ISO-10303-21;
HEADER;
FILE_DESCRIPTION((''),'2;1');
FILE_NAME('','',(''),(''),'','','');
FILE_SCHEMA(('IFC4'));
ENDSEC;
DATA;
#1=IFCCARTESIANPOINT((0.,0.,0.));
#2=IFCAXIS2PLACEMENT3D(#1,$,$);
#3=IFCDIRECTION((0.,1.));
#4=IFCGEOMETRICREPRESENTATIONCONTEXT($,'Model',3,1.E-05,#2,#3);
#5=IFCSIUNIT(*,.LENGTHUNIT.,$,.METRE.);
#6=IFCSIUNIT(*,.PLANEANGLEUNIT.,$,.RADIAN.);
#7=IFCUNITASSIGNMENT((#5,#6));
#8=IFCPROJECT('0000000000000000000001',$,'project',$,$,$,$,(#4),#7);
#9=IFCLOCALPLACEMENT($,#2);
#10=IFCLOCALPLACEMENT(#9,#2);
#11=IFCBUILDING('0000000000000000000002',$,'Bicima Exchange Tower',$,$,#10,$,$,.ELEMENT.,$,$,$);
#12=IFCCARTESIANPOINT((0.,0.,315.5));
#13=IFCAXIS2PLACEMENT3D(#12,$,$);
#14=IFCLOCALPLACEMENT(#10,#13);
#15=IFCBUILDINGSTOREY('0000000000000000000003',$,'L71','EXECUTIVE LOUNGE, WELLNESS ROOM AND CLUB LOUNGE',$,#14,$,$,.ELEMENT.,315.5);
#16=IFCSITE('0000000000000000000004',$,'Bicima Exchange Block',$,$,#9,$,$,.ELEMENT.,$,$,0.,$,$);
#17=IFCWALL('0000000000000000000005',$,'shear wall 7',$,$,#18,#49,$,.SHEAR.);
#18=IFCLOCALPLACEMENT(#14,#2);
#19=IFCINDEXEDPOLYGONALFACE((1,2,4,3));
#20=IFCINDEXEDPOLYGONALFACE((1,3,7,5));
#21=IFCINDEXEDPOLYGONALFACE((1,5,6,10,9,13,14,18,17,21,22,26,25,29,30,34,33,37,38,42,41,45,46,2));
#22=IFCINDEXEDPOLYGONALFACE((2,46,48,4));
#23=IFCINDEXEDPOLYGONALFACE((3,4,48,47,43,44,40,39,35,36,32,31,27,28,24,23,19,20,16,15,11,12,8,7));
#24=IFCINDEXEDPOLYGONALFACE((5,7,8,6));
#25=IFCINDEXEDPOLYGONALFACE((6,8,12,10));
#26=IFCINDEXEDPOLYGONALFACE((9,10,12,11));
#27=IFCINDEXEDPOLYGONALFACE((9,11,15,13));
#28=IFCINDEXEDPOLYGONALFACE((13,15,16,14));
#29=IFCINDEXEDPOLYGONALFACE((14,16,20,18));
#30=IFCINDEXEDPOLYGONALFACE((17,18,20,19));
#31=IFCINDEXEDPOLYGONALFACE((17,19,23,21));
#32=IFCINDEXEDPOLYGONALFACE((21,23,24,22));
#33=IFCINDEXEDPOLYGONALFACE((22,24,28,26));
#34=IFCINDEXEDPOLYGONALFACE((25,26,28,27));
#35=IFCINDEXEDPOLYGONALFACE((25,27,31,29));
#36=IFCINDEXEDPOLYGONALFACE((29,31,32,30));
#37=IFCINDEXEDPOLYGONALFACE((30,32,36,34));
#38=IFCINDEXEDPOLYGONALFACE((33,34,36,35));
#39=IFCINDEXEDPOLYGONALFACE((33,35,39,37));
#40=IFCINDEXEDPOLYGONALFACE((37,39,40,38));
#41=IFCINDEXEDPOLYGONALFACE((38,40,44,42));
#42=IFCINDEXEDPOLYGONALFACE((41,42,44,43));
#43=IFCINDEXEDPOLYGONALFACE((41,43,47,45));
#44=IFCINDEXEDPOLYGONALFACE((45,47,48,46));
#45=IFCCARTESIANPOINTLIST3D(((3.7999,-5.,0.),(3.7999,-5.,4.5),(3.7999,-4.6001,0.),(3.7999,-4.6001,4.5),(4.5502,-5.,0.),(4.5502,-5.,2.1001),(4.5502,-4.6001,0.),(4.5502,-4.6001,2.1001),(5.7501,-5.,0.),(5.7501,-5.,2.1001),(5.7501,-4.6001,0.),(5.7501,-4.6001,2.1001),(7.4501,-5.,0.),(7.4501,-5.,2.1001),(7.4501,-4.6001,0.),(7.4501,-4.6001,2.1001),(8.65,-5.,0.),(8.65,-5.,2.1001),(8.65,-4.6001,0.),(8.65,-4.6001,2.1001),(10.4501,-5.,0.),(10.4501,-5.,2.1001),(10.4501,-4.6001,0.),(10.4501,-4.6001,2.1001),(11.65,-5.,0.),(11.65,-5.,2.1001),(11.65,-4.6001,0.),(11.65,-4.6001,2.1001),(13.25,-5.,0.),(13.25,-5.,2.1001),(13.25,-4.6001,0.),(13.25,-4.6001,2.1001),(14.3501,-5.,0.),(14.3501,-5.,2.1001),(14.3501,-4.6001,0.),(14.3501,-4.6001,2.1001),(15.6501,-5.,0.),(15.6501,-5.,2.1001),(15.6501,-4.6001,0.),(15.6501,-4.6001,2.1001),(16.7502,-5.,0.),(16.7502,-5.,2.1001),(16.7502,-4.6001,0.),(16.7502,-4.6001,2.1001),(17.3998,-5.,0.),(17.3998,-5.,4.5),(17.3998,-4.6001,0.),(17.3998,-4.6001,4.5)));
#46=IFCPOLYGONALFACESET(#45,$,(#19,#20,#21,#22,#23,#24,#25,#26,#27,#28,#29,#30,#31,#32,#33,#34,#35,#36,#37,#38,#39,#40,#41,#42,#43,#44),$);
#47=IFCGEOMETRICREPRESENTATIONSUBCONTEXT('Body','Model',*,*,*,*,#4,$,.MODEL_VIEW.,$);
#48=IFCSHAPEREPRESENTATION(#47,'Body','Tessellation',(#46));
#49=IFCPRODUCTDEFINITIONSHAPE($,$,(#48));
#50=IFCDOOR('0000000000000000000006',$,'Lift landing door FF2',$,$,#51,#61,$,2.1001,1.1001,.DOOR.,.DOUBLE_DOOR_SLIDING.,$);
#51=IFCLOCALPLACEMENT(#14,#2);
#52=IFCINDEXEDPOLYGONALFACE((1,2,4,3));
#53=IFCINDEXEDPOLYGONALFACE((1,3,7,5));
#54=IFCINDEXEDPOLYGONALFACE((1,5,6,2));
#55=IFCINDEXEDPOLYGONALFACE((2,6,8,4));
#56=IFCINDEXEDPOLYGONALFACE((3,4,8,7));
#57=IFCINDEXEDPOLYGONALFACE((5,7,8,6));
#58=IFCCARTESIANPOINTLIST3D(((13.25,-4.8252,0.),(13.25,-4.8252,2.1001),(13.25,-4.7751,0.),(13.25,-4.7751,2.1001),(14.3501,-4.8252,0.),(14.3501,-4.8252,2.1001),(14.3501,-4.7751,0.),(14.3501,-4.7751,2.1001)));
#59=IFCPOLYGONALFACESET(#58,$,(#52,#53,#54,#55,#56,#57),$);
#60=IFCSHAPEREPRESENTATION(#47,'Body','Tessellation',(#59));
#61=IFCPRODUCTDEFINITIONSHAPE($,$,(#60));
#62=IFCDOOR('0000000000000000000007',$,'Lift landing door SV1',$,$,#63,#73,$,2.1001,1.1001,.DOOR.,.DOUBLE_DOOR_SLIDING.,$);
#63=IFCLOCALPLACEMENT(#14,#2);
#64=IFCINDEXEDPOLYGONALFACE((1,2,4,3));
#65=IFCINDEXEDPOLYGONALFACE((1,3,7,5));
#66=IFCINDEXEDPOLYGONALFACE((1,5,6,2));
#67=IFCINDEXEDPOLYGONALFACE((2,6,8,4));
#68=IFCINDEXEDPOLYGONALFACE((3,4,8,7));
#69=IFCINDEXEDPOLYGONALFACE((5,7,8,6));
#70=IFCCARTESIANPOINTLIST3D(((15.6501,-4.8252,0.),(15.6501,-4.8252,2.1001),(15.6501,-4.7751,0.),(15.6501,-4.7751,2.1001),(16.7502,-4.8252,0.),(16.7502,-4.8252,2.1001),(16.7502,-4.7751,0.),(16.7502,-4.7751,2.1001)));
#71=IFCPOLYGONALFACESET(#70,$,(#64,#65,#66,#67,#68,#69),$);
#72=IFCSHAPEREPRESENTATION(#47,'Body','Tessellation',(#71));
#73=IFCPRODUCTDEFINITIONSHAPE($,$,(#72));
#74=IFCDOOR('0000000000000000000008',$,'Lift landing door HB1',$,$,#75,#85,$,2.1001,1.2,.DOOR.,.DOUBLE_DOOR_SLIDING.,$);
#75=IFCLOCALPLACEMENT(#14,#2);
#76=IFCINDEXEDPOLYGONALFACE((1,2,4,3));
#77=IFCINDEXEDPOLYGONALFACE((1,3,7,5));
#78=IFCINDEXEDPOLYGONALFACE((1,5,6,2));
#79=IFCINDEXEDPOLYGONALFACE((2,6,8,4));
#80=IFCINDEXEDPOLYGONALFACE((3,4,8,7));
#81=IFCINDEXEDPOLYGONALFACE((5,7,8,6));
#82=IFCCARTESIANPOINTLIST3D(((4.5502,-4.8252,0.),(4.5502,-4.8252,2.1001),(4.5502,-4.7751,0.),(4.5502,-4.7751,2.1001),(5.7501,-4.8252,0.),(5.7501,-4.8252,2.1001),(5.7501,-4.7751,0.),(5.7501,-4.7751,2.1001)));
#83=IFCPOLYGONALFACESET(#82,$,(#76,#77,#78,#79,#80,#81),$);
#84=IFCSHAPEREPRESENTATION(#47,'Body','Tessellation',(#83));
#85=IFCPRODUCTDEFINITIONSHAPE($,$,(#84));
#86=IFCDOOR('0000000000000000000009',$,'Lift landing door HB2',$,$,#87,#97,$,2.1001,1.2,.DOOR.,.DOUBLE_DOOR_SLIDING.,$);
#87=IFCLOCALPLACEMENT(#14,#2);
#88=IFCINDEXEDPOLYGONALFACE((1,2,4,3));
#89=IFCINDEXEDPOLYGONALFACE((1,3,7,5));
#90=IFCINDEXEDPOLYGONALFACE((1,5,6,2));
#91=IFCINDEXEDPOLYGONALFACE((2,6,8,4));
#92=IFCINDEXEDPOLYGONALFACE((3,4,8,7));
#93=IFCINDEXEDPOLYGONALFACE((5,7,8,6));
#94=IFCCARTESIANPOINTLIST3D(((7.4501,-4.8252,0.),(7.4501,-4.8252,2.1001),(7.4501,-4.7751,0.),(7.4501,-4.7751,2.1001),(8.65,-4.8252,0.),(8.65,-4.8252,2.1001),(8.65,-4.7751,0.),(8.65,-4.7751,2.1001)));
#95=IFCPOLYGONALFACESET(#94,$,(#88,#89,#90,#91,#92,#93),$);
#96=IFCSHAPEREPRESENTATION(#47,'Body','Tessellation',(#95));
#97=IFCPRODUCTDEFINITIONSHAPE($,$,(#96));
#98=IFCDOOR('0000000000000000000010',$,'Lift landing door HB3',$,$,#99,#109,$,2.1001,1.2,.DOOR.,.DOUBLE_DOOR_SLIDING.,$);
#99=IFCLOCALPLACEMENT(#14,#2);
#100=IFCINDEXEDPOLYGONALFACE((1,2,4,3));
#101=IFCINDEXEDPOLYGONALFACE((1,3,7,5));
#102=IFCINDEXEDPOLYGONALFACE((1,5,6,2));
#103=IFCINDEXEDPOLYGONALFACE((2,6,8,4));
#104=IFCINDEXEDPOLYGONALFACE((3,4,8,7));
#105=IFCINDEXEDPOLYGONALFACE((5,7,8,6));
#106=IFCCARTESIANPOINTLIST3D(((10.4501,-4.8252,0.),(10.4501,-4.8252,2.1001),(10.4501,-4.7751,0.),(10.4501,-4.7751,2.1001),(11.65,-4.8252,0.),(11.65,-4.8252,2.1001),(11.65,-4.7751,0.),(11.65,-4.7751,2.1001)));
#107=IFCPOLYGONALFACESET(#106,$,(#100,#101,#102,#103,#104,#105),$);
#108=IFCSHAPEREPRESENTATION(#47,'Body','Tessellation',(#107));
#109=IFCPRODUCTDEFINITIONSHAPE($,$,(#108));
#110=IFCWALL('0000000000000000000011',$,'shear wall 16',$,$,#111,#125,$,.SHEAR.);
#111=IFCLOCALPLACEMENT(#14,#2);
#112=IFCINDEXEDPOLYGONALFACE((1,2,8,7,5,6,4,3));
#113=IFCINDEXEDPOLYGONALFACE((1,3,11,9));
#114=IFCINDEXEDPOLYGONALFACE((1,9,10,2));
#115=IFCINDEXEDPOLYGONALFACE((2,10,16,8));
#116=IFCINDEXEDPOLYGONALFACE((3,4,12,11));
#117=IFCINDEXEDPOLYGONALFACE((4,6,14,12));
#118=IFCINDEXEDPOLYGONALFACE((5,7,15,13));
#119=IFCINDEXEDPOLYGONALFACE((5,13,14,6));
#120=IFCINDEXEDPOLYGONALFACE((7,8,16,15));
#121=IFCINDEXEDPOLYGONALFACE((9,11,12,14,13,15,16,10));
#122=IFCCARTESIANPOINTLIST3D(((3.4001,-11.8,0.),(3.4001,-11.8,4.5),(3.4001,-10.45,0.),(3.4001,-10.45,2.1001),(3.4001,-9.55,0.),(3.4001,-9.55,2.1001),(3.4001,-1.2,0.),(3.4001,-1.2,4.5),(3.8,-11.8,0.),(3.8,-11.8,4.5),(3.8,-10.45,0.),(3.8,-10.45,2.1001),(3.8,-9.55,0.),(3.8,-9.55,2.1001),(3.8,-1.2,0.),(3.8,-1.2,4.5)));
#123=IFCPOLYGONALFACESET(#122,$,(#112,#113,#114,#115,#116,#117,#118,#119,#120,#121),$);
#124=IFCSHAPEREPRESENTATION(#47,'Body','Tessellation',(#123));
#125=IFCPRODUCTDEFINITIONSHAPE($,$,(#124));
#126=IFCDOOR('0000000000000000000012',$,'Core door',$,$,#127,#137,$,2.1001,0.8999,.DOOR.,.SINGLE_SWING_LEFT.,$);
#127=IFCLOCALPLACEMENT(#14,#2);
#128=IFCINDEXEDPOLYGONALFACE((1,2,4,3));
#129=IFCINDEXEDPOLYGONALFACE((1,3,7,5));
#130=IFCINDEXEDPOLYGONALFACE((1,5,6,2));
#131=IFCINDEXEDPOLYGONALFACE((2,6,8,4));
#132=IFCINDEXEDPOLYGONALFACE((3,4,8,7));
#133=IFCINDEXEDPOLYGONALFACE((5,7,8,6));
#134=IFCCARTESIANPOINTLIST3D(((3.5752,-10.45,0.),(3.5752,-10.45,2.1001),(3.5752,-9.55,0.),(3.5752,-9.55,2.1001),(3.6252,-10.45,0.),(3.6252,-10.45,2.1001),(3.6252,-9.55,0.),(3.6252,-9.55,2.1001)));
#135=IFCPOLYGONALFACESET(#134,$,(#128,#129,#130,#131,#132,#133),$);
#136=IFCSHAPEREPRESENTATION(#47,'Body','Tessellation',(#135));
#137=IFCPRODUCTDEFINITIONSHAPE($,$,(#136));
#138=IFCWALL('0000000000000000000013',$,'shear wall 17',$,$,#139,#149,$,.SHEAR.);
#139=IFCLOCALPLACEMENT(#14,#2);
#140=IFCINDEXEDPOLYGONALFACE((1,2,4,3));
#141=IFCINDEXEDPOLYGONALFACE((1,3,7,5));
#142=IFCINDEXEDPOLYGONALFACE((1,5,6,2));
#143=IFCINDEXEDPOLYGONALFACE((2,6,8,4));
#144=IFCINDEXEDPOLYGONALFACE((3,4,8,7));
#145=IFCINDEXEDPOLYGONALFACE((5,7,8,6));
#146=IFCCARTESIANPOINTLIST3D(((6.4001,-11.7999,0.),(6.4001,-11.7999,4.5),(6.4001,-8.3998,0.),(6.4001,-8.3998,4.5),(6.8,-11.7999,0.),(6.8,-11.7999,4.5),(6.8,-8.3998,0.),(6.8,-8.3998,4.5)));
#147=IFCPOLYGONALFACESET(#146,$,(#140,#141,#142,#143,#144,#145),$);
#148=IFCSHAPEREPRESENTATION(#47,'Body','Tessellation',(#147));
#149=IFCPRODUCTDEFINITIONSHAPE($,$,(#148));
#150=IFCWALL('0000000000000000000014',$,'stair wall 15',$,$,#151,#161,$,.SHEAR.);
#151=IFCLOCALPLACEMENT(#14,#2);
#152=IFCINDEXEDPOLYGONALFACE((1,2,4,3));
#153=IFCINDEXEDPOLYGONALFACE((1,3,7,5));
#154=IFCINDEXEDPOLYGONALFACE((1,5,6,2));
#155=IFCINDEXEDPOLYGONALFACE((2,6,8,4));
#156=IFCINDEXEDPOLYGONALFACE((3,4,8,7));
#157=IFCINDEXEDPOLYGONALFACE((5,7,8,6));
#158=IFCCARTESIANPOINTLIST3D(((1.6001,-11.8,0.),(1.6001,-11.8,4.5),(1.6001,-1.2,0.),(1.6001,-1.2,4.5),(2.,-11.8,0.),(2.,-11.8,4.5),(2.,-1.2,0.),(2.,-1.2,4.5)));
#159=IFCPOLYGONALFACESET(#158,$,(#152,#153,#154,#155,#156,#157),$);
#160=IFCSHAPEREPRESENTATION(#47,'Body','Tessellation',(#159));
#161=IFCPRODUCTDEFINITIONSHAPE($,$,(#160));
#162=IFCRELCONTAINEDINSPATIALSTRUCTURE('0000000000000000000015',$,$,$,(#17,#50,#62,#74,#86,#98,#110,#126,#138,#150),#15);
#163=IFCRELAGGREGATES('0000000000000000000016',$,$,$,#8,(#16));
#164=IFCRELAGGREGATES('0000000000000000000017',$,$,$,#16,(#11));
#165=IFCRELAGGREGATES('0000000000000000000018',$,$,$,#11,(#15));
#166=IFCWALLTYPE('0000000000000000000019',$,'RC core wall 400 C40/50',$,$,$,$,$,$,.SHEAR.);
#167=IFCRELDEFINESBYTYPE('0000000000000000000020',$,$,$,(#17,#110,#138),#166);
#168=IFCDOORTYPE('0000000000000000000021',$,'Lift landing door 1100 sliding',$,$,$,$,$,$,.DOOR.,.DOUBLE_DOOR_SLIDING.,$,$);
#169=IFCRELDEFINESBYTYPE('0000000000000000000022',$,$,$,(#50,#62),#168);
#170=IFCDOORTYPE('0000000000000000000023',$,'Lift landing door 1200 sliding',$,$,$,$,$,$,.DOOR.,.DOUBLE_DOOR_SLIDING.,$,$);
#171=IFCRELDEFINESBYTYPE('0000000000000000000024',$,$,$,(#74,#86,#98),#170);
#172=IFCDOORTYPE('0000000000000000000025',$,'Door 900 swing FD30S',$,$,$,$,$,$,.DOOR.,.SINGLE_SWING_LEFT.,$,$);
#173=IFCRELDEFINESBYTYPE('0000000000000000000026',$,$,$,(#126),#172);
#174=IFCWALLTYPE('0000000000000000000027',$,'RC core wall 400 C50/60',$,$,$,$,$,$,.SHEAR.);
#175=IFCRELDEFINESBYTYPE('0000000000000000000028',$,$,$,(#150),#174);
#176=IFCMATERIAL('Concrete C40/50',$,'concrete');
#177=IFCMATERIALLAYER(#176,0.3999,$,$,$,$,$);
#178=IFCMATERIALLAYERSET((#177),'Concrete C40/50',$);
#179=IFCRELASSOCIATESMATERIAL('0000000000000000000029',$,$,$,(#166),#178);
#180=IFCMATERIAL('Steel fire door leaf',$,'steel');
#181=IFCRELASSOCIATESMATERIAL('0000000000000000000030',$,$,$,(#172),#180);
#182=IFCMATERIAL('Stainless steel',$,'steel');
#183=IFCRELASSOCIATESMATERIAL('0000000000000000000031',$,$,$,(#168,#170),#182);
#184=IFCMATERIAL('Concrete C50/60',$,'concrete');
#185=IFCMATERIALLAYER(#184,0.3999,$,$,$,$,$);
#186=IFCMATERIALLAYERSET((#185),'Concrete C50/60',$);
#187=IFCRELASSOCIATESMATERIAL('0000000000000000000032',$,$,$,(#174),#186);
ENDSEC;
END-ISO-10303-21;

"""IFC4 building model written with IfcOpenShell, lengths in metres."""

from ifc_helpers import new_model, si_unit, direction, frame, frame_2d, origin, place, context, subcontext, project, spatial, rectangle, extrude, material, layer, layer_set, type_object, element, fill, save


model = new_model("IFC4")

# Units and contexts
model_context = context("Model", 3, precision=1e-05, world=origin(), true_north=direction((0.0, 1.0)))
body_context = subcontext(model_context, "Body", "Model", "MODEL_VIEW")
ifc_project = project(units=[si_unit("LENGTHUNIT", "METRE"), si_unit("PLANEANGLEUNIT", "RADIAN")], contexts=[model_context])

# Site, building, storey
site_placement = place(None, origin())
site = spatial("IfcSite", under=ifc_project, at=site_placement, Name="Bicima Exchange Block", CompositionType="ELEMENT", RefElevation=0.0)
building_placement = place(site_placement, origin())
building = spatial("IfcBuilding", under=site, at=building_placement, Name="Bicima Exchange Tower", CompositionType="ELEMENT")
storey_placement = place(building_placement, frame((0.0, 0.0, 315.5)))
storey = spatial("IfcBuildingStorey", under=building, at=storey_placement, Name="L71", Description="EXECUTIVE LOUNGE, WELLNESS ROOM AND CLUB LOUNGE", CompositionType="ELEMENT", Elevation=315.5)

# Shared definitions
ifc_material_1 = material(Name="Concrete C50/60", Category="concrete")

# Shared definitions
ifc_material_2 = material(Name="Concrete C40/50", Category="concrete")
ifc_layer_1 = layer(ifc_material_2, 0.3999)
ifc_layer_set_1 = layer_set([ifc_layer_1], Name="Concrete C40/50")
wall_type_1 = type_object("IfcWallType", Name="RC core wall 400 C40/50", PredefinedType="SHEAR", material=ifc_layer_set_1)
ifc_material_3 = material(Name="Steel fire door leaf", Category="steel")
door_type_1 = type_object("IfcDoorType", Name="Door 900 swing FD30S", OperationType="SINGLE_SWING_LEFT", PredefinedType="DOOR", material=ifc_material_3)

# Wall, openings, doors
wall_1_placement = place(storey_placement, frame((3.8, -4.8, 0.0), z_axis=(0.0, 0.0, 1.0), x_axis=(1.0, 0.0, 0.0)))
wall_1 = element("IfcWall", 1, at=wall_1_placement, inside=storey, type_object=wall_type_1, Name="shear wall 7", PredefinedType="SHEAR", context=body_context, shape_type="SweptSolid", body=[
    extrude(rectangle(XDim=13.5999, YDim=0.3999, at=frame_2d((6.7998, 0.0))), origin(), (0.0, 0.0, 1.0), 4.5),
])
opening_1_placement = place(wall_1_placement, frame((0.75, 0.0, 0.0)))
opening_1 = element("IfcOpeningElement", 2, at=opening_1_placement, cuts=wall_1, PredefinedType="OPENING", context=body_context, shape_type="SweptSolid", body=[
    extrude(rectangle(XDim=1.2, YDim=2.1001, at=frame_2d((0.6001, 1.05))), frame((0.0, 0.2119, 0.0), z_axis=(0.0, -1.0, 0.0), x_axis=(1.0, 0.0, 0.0)), (0.0, 0.0, 1.0), 0.4238),
])
opening_2_placement = place(wall_1_placement, frame((3.6499, 0.0, 0.0)))
opening_2 = element("IfcOpeningElement", 3, at=opening_2_placement, cuts=wall_1, PredefinedType="OPENING", context=body_context, shape_type="SweptSolid", body=[
    extrude(rectangle(XDim=1.2, YDim=2.1001, at=frame_2d((0.6001, 1.05))), frame((0.0, 0.2119, 0.0), z_axis=(0.0, -1.0, 0.0), x_axis=(1.0, 0.0, 0.0)), (0.0, 0.0, 1.0), 0.4238),
])
opening_3_placement = place(wall_1_placement, frame((6.6499, 0.0, 0.0)))
opening_3 = element("IfcOpeningElement", 4, at=opening_3_placement, cuts=wall_1, PredefinedType="OPENING", context=body_context, shape_type="SweptSolid", body=[
    extrude(rectangle(XDim=1.2, YDim=2.1001, at=frame_2d((0.6001, 1.05))), frame((0.0, 0.2119, 0.0), z_axis=(0.0, -1.0, 0.0), x_axis=(1.0, 0.0, 0.0)), (0.0, 0.0, 1.0), 0.4238),
])
opening_4_placement = place(wall_1_placement, frame((9.45, 0.0, 0.0)))
opening_4 = element("IfcOpeningElement", 5, at=opening_4_placement, cuts=wall_1, PredefinedType="OPENING", context=body_context, shape_type="SweptSolid", body=[
    extrude(rectangle(XDim=1.1001, YDim=2.1001, at=frame_2d((0.55, 1.05))), frame((0.0, 0.2119, 0.0), z_axis=(0.0, -1.0, 0.0), x_axis=(1.0, 0.0, 0.0)), (0.0, 0.0, 1.0), 0.4238),
])
opening_5_placement = place(wall_1_placement, frame((11.8501, 0.0, 0.0)))
opening_5 = element("IfcOpeningElement", 6, at=opening_5_placement, cuts=wall_1, PredefinedType="OPENING", context=body_context, shape_type="SweptSolid", body=[
    extrude(rectangle(XDim=1.1001, YDim=2.1001, at=frame_2d((0.55, 1.05))), frame((0.0, 0.2119, 0.0), z_axis=(0.0, -1.0, 0.0), x_axis=(1.0, 0.0, 0.0)), (0.0, 0.0, 1.0), 0.4238),
])
ifc_material_4 = material(Name="Stainless steel", Category="steel")
door_type_2 = type_object("IfcDoorType", Name="Lift landing door 1100 sliding", OperationType="DOUBLE_DOOR_SLIDING", PredefinedType="DOOR", material=ifc_material_4)
door_1_placement = place(opening_4_placement, origin())
door_1 = element("IfcDoor", 7, at=door_1_placement, inside=storey, type_object=door_type_2, Name="Lift landing door FF2", OperationType="DOUBLE_DOOR_SLIDING", OverallHeight=2.1001, OverallWidth=1.1001, PredefinedType="DOOR", context=body_context, shape_type="SweptSolid", body=[
    extrude(rectangle(XDim=1.1001, YDim=2.1001, at=frame_2d((0.55, 1.05))), frame((0.0, 0.0249, 0.0), z_axis=(0.0, -1.0, 0.0), x_axis=(1.0, 0.0, 0.0)), (0.0, 0.0, 1.0), 0.05),
])
fill(opening_4, door_1)
door_2_placement = place(opening_5_placement, origin())
door_2 = element("IfcDoor", 8, at=door_2_placement, inside=storey, type_object=door_type_2, Name="Lift landing door SV1", OperationType="DOUBLE_DOOR_SLIDING", OverallHeight=2.1001, OverallWidth=1.1001, PredefinedType="DOOR", context=body_context, shape_type="SweptSolid", body=[
    extrude(rectangle(XDim=1.1001, YDim=2.1001, at=frame_2d((0.55, 1.05))), frame((0.0, 0.0249, 0.0), z_axis=(0.0, -1.0, 0.0), x_axis=(1.0, 0.0, 0.0)), (0.0, 0.0, 1.0), 0.05),
])
fill(opening_5, door_2)
door_type_3 = type_object("IfcDoorType", Name="Lift landing door 1200 sliding", OperationType="DOUBLE_DOOR_SLIDING", PredefinedType="DOOR", material=ifc_material_4)
door_3_placement = place(opening_1_placement, origin())
door_3 = element("IfcDoor", 9, at=door_3_placement, inside=storey, type_object=door_type_3, Name="Lift landing door HB1", OperationType="DOUBLE_DOOR_SLIDING", OverallHeight=2.1001, OverallWidth=1.2, PredefinedType="DOOR", context=body_context, shape_type="SweptSolid", body=[
    extrude(rectangle(XDim=1.2, YDim=2.1001, at=frame_2d((0.6001, 1.05))), frame((0.0, 0.0249, 0.0), z_axis=(0.0, -1.0, 0.0), x_axis=(1.0, 0.0, 0.0)), (0.0, 0.0, 1.0), 0.05),
])
fill(opening_1, door_3)
door_4_placement = place(opening_2_placement, origin())
door_4 = element("IfcDoor", 10, at=door_4_placement, inside=storey, type_object=door_type_3, Name="Lift landing door HB2", OperationType="DOUBLE_DOOR_SLIDING", OverallHeight=2.1001, OverallWidth=1.2, PredefinedType="DOOR", context=body_context, shape_type="SweptSolid", body=[
    extrude(rectangle(XDim=1.2, YDim=2.1001, at=frame_2d((0.6001, 1.05))), frame((0.0, 0.0249, 0.0), z_axis=(0.0, -1.0, 0.0), x_axis=(1.0, 0.0, 0.0)), (0.0, 0.0, 1.0), 0.05),
])
fill(opening_2, door_4)
door_5_placement = place(opening_3_placement, origin())
door_5 = element("IfcDoor", 11, at=door_5_placement, inside=storey, type_object=door_type_3, Name="Lift landing door HB3", OperationType="DOUBLE_DOOR_SLIDING", OverallHeight=2.1001, OverallWidth=1.2, PredefinedType="DOOR", context=body_context, shape_type="SweptSolid", body=[
    extrude(rectangle(XDim=1.2, YDim=2.1001, at=frame_2d((0.6001, 1.05))), frame((0.0, 0.0249, 0.0), z_axis=(0.0, -1.0, 0.0), x_axis=(1.0, 0.0, 0.0)), (0.0, 0.0, 1.0), 0.05),
])
fill(opening_3, door_5)

# Wall, opening, door
wall_2_placement = place(storey_placement, frame((3.6001, -11.8, 0.0), z_axis=(0.0, 0.0, 1.0), x_axis=(0.0, 1.0, 0.0)))
wall_2 = element("IfcWall", 12, at=wall_2_placement, inside=storey, type_object=wall_type_1, Name="shear wall 16", PredefinedType="SHEAR", context=body_context, shape_type="SweptSolid", body=[
    extrude(rectangle(XDim=10.6001, YDim=0.3999, at=frame_2d((5.3, 0.0))), origin(), (0.0, 0.0, 1.0), 4.5),
])
opening_6_placement = place(wall_2_placement, frame((1.3501, 0.0, 0.0)))
opening_6 = element("IfcOpeningElement", 13, at=opening_6_placement, cuts=wall_2, PredefinedType="OPENING", context=body_context, shape_type="SweptSolid", body=[
    extrude(rectangle(XDim=0.8999, YDim=2.1001, at=frame_2d((0.45, 1.05))), frame((0.0, 0.2119, 0.0), z_axis=(0.0, -1.0, 0.0), x_axis=(1.0, 0.0, 0.0)), (0.0, 0.0, 1.0), 0.4238),
])
door_6_placement = place(opening_6_placement, origin())
door_6 = element("IfcDoor", 14, at=door_6_placement, inside=storey, type_object=door_type_1, Name="Core door", OperationType="SINGLE_SWING_LEFT", OverallHeight=2.1001, OverallWidth=0.8999, PredefinedType="DOOR", context=body_context, shape_type="SweptSolid", body=[
    extrude(rectangle(XDim=0.8999, YDim=2.1001, at=frame_2d((0.45, 1.05))), frame((0.0, 0.0249, 0.0), z_axis=(0.0, -1.0, 0.0), x_axis=(1.0, 0.0, 0.0)), (0.0, 0.0, 1.0), 0.05),
])
fill(opening_6, door_6)

# Walls
wall_3_placement = place(storey_placement, frame((6.6001, -11.8, 0.0), z_axis=(0.0, 0.0, 1.0), x_axis=(0.0, 1.0, 0.0)))
element("IfcWall", 15, at=wall_3_placement, inside=storey, type_object=wall_type_1, Name="shear wall 17", PredefinedType="SHEAR", context=body_context, shape_type="SweptSolid", body=[
    extrude(rectangle(XDim=3.4001, YDim=0.3999, at=frame_2d((1.7002, 0.0))), origin(), (0.0, 0.0, 1.0), 4.5),
])
ifc_layer_2 = layer(ifc_material_1, 0.3999)
ifc_layer_set_2 = layer_set([ifc_layer_2], Name="Concrete C50/60")
wall_type_2 = type_object("IfcWallType", Name="RC core wall 400 C50/60", PredefinedType="SHEAR", material=ifc_layer_set_2)
wall_4_placement = place(storey_placement, frame((1.8, -11.8, 0.0), z_axis=(0.0, 0.0, 1.0), x_axis=(0.0, 1.0, 0.0)))
element("IfcWall", 16, at=wall_4_placement, inside=storey, type_object=wall_type_2, Name="stair wall 15", PredefinedType="SHEAR", context=body_context, shape_type="SweptSolid", body=[
    extrude(rectangle(XDim=10.6001, YDim=0.3999, at=frame_2d((5.3, 0.0))), origin(), (0.0, 0.0, 1.0), 4.5),
])

save(model, "model.ifc")
